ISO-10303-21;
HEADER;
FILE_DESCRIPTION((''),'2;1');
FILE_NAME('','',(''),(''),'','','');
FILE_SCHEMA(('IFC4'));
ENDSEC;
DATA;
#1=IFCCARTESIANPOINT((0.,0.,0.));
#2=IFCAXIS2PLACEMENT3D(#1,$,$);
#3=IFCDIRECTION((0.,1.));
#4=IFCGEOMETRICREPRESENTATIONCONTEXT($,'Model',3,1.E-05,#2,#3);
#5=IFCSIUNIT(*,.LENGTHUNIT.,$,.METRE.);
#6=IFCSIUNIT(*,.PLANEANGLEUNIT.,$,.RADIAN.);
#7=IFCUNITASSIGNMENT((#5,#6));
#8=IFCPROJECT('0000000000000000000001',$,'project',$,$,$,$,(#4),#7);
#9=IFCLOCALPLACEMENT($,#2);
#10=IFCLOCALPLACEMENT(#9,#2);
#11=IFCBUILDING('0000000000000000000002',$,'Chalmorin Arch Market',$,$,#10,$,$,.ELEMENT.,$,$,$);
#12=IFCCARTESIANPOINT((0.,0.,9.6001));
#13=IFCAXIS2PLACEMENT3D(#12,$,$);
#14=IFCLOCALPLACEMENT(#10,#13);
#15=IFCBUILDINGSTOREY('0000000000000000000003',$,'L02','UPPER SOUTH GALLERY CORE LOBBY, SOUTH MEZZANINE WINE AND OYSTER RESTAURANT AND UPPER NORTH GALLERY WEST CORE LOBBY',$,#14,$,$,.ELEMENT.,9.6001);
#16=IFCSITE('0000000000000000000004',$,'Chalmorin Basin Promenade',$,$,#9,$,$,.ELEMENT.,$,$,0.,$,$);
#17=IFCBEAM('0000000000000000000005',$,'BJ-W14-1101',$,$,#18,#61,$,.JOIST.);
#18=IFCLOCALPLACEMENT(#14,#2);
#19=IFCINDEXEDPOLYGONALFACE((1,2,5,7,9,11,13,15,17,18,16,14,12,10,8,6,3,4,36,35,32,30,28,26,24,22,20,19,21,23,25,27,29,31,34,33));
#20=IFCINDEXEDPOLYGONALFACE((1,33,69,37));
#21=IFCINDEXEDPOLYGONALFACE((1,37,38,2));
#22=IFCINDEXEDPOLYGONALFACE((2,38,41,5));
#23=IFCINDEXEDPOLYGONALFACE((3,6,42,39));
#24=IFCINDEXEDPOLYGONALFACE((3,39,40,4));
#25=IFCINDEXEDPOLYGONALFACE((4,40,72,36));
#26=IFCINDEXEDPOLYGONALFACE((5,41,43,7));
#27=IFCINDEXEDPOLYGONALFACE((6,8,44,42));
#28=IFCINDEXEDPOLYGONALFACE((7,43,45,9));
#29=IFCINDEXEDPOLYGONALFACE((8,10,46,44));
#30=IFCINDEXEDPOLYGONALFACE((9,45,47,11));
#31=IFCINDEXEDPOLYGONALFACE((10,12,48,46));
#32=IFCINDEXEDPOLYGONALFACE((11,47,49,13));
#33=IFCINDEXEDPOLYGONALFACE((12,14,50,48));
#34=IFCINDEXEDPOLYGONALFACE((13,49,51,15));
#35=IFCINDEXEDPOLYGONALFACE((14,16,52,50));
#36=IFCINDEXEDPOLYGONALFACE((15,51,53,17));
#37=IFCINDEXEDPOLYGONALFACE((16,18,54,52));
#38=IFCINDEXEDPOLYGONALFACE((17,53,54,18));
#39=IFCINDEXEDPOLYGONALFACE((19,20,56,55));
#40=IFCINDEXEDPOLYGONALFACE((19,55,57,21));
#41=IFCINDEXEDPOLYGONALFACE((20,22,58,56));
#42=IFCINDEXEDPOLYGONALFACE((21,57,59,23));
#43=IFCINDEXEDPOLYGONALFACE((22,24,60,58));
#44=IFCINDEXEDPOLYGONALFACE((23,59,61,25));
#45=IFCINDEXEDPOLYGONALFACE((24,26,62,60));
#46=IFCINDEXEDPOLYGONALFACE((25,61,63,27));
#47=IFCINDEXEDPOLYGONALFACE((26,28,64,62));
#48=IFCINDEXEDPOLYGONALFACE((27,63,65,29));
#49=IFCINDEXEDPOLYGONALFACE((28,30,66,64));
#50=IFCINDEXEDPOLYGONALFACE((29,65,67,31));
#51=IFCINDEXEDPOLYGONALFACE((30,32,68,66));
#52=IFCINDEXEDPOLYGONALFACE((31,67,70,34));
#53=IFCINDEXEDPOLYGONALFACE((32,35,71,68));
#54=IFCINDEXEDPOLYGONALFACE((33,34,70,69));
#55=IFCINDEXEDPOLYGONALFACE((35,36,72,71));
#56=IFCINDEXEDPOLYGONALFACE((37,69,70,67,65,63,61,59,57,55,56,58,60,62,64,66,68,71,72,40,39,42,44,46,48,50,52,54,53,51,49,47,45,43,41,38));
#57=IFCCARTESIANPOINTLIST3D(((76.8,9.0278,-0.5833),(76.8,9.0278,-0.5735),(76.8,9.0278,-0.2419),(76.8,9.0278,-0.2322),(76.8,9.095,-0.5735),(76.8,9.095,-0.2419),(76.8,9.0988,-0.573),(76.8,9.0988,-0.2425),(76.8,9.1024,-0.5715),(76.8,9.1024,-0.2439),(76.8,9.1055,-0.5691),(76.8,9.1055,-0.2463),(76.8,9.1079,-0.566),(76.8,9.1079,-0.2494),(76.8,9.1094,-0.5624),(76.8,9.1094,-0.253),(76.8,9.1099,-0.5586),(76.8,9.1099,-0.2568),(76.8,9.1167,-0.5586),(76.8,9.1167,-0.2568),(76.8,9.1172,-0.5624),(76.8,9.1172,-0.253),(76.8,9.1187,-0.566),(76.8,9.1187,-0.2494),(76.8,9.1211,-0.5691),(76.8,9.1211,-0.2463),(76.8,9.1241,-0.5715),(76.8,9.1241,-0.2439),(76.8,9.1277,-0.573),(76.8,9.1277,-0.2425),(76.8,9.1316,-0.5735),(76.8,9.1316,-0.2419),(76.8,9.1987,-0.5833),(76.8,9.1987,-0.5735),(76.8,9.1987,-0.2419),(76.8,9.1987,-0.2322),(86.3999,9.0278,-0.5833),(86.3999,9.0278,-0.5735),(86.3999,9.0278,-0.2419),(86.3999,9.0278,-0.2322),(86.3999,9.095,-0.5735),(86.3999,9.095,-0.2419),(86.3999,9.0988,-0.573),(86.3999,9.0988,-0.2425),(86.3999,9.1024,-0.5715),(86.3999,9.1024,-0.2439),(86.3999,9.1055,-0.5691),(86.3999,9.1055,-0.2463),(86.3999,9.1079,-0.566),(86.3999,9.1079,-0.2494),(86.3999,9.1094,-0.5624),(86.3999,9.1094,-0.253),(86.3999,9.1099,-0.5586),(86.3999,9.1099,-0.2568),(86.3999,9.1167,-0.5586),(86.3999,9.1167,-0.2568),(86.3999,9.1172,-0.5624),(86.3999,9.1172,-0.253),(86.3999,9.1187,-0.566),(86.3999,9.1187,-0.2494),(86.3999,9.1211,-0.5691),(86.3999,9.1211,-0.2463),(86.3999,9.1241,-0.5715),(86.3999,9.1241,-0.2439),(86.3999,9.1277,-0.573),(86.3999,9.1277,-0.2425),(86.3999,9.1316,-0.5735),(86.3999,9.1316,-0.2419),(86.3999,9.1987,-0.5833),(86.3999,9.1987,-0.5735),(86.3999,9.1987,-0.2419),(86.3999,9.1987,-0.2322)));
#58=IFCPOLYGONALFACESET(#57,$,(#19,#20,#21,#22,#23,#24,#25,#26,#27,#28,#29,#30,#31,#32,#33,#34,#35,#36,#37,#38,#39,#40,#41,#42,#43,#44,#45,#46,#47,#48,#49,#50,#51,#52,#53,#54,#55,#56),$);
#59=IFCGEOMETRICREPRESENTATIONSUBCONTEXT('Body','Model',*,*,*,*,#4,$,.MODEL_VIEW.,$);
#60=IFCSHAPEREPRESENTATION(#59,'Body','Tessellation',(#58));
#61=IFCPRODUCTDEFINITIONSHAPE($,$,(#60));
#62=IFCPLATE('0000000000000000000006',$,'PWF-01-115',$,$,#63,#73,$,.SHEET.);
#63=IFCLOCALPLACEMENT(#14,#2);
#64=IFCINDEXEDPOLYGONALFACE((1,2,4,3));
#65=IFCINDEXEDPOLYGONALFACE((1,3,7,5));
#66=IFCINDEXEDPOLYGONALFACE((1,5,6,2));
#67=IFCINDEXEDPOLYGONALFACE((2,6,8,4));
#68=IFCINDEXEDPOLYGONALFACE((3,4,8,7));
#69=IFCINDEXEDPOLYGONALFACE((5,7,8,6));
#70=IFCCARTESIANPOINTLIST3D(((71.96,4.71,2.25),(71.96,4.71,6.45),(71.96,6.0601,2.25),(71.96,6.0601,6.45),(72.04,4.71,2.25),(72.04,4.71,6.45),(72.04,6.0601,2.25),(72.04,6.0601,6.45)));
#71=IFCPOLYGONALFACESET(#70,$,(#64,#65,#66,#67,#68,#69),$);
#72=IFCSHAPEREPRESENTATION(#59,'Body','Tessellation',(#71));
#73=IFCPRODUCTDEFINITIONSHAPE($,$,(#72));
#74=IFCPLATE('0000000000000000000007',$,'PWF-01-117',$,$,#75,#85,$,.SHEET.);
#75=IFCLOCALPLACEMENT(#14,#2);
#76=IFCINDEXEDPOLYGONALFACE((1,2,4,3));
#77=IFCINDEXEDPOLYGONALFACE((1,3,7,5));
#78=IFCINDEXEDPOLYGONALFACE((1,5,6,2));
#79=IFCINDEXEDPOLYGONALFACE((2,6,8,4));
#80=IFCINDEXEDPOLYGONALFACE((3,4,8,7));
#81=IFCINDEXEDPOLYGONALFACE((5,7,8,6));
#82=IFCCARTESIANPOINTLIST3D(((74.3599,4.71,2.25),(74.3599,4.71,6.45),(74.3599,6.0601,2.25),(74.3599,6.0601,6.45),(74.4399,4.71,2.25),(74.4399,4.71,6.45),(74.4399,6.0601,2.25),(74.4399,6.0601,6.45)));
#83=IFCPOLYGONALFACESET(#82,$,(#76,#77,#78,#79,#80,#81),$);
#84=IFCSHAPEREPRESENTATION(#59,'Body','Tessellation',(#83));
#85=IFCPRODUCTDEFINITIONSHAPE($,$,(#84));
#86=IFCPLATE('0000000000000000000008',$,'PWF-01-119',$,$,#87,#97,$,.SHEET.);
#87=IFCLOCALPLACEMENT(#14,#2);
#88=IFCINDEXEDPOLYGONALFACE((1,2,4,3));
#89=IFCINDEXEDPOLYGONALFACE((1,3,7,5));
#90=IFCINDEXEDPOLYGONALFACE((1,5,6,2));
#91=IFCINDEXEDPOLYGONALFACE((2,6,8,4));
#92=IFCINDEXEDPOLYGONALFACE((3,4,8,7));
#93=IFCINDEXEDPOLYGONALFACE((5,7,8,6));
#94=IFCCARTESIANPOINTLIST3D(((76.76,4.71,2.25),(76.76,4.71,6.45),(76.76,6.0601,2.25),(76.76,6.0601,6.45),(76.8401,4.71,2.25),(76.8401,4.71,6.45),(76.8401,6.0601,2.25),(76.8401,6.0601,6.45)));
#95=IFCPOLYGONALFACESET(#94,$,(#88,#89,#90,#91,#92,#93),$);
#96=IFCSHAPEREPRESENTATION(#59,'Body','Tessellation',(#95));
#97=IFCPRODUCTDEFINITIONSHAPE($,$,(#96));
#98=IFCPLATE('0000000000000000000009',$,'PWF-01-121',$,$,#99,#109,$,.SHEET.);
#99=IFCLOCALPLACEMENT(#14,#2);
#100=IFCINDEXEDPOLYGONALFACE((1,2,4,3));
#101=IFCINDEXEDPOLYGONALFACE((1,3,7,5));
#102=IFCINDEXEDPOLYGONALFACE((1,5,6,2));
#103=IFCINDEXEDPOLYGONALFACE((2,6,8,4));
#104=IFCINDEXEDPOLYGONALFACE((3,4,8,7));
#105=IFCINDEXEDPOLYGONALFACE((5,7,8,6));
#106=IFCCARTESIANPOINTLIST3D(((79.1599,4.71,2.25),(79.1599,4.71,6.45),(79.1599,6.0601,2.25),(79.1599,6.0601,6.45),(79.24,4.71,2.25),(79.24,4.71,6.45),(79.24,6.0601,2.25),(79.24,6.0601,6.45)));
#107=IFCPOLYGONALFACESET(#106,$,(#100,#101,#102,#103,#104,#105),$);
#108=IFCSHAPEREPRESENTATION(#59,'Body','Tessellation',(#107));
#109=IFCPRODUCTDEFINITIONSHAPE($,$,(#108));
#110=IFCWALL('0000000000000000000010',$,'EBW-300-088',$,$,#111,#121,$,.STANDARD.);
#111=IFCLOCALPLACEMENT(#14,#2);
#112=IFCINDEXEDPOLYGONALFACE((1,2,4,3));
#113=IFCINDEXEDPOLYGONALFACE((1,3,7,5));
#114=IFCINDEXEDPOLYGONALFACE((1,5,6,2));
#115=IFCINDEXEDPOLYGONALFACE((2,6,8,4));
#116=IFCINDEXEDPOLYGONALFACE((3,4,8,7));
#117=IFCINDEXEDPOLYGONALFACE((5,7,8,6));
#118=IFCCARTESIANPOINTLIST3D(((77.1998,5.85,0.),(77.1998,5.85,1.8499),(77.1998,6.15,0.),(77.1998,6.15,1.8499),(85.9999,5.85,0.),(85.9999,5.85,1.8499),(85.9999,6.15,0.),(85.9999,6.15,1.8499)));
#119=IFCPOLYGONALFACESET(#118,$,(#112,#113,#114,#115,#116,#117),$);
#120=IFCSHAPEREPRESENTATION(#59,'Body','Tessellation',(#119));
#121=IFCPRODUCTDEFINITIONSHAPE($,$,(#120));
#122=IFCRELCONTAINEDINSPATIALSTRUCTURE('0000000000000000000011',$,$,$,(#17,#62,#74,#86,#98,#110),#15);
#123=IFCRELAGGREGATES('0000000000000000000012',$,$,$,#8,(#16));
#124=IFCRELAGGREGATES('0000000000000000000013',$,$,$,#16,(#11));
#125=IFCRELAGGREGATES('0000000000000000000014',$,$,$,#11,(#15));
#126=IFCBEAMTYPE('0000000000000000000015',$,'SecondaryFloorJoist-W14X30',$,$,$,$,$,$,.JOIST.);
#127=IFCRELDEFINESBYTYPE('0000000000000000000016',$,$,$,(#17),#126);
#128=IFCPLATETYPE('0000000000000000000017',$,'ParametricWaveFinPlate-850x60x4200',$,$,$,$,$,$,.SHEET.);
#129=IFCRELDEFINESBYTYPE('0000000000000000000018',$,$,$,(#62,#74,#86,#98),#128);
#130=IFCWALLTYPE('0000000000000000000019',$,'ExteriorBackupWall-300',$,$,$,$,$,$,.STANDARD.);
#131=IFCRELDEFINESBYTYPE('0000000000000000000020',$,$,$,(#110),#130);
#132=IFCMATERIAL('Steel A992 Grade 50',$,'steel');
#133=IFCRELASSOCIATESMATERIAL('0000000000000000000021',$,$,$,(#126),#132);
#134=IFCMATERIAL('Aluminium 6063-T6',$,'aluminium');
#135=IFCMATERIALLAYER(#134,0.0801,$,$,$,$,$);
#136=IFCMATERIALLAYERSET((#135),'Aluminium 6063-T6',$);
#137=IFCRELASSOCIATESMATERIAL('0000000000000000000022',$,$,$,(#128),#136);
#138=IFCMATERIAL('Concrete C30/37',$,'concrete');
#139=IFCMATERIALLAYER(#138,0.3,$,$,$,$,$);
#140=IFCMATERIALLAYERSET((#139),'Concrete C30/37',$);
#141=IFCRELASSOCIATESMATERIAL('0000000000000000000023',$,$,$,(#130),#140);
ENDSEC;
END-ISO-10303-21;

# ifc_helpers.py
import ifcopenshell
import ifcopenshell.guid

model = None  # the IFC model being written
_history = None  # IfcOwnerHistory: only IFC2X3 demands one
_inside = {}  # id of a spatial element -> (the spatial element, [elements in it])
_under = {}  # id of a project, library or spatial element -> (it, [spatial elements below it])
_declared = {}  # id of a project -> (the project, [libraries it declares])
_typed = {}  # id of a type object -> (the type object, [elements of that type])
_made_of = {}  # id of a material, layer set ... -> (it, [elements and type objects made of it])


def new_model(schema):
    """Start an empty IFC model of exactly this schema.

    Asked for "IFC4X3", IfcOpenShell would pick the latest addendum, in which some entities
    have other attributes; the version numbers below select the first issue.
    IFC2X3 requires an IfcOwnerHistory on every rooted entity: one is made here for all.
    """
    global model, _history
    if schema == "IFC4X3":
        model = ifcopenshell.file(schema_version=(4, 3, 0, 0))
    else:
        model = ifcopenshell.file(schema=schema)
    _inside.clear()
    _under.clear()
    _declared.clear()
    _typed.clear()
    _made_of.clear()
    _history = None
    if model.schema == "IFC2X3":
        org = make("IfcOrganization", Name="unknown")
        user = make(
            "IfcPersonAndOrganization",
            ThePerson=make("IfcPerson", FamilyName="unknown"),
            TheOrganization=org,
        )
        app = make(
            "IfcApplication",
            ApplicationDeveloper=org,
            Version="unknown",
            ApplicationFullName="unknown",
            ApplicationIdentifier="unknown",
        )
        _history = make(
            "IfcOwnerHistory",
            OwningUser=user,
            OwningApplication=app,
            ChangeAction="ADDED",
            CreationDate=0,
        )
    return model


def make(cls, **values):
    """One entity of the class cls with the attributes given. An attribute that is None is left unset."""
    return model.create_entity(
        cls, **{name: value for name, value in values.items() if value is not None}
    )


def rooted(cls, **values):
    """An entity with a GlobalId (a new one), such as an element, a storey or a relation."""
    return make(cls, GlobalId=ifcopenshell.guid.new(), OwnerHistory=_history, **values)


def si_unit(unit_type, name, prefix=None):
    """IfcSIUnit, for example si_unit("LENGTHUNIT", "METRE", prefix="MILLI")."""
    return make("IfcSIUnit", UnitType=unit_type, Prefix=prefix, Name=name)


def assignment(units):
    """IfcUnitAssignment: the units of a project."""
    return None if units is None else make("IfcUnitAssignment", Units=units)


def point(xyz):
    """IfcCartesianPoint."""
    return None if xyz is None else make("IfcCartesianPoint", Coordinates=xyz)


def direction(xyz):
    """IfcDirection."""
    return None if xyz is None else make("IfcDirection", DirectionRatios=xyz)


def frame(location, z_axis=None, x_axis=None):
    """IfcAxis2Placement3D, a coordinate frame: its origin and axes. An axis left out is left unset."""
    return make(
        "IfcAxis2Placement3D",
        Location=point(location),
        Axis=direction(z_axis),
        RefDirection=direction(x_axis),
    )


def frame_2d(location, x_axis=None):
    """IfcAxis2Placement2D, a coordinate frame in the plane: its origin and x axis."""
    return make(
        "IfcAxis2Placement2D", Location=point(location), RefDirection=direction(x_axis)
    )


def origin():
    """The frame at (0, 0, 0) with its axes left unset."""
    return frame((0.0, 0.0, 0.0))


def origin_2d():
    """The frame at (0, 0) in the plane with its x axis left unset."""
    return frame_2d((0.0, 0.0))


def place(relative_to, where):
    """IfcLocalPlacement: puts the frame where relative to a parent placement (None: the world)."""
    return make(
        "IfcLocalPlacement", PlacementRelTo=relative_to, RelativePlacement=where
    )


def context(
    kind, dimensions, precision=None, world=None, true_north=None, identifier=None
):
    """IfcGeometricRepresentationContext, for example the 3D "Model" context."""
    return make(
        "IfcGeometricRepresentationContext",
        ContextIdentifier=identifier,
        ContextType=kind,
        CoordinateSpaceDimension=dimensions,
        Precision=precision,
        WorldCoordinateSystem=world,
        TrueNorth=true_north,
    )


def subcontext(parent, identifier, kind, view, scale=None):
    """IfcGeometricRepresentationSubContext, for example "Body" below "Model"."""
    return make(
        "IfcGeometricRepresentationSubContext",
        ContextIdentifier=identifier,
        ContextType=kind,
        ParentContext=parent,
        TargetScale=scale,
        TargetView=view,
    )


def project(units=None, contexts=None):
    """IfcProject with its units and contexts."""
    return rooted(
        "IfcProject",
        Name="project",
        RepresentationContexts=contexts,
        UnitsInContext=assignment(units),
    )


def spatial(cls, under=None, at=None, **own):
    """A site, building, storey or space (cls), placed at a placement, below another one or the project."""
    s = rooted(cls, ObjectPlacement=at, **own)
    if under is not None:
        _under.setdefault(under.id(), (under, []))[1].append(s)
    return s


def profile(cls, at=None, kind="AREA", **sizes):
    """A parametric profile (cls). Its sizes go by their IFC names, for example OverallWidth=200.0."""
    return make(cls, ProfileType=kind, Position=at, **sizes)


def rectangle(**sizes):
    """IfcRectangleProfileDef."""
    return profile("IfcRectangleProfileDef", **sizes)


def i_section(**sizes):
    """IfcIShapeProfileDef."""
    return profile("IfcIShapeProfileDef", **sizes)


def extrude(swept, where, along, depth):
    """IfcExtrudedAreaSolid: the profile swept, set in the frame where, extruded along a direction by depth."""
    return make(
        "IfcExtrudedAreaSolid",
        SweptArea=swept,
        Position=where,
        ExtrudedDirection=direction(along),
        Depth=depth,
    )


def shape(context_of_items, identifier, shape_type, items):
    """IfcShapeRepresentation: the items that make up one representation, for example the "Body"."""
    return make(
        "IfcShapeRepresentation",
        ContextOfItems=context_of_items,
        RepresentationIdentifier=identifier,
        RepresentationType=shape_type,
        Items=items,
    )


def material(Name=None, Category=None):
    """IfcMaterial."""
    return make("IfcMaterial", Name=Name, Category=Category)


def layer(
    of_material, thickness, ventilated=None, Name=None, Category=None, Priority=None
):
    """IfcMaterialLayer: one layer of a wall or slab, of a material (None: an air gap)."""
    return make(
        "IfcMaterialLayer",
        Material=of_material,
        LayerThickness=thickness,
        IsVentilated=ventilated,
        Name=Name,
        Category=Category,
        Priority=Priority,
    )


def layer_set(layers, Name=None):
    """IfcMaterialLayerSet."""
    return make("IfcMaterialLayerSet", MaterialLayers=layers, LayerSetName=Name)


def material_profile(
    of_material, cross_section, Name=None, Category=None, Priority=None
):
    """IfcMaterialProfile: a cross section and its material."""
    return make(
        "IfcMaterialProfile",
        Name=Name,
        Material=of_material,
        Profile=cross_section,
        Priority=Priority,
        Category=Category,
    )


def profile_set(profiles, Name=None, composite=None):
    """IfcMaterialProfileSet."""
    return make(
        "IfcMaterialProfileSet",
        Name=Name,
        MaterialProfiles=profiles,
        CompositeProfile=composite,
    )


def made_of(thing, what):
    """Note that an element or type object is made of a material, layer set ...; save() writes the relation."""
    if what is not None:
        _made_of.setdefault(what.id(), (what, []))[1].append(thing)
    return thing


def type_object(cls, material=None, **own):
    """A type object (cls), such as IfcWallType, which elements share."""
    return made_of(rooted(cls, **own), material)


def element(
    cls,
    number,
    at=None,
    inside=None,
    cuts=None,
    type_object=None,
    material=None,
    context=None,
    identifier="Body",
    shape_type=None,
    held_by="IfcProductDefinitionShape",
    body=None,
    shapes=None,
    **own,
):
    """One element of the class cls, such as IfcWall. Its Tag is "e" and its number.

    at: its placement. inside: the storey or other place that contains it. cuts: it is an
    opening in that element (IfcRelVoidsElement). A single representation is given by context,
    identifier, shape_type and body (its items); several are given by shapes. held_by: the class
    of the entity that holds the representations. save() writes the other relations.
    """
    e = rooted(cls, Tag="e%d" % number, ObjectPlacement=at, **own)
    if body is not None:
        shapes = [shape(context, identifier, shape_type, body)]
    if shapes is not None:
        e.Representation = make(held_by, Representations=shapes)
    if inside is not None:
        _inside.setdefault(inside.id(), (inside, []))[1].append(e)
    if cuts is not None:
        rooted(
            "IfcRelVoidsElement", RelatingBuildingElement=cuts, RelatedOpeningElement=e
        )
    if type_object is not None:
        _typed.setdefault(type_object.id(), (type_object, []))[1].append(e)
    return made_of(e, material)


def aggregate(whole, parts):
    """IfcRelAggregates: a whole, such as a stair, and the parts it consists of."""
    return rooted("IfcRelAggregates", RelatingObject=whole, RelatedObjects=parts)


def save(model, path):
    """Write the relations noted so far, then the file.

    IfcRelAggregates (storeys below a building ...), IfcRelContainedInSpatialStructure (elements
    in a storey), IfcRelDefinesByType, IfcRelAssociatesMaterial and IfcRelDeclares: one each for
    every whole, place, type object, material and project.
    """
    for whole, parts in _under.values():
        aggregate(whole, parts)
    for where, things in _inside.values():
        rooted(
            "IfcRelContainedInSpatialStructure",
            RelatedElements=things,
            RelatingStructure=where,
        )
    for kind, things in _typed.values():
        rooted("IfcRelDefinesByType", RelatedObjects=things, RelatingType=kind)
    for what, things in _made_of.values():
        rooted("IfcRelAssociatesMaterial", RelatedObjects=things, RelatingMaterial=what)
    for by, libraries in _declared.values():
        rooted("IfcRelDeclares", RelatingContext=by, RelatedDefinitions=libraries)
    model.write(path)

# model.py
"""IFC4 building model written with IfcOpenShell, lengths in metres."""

from ifc_helpers import new_model, si_unit, direction, frame, frame_2d, origin, origin_2d, place, context, subcontext, project, spatial, rectangle, i_section, extrude, material, layer, layer_set, material_profile, profile_set, type_object, element, save


model = new_model("IFC4")

# Units and contexts
model_context = context("Model", 3, precision=1e-05, world=origin(), true_north=direction((0.0, 1.0)))
body_context = subcontext(model_context, "Body", "Model", "MODEL_VIEW")
ifc_project = project(units=[si_unit("LENGTHUNIT", "METRE"), si_unit("PLANEANGLEUNIT", "RADIAN")], contexts=[model_context])

# Site, building, storey
site_placement = place(None, origin())
site = spatial("IfcSite", under=ifc_project, at=site_placement, Name="Chalmorin Basin Promenade", CompositionType="ELEMENT", RefElevation=0.0)
building_placement = place(site_placement, origin())
building = spatial("IfcBuilding", under=site, at=building_placement, Name="Chalmorin Arch Market", CompositionType="ELEMENT")
storey_placement = place(building_placement, frame((0.0, 0.0, 9.6001)))
storey = spatial("IfcBuildingStorey", under=building, at=storey_placement, Name="L02", Description="UPPER SOUTH GALLERY CORE LOBBY, SOUTH MEZZANINE WINE AND OYSTER RESTAURANT AND UPPER NORTH GALLERY WEST CORE LOBBY", CompositionType="ELEMENT", Elevation=9.6001)

# Beam
ifc_material_1 = material(Name="Steel A992 Grade 50", Category="steel")
ifc_material_profile_1 = material_profile(ifc_material_1, i_section(OverallWidth=0.1709, OverallDepth=0.3511, WebThickness=0.0068, FlangeThickness=0.0098, FilletRadius=0.0149, at=origin_2d()), Name="W14X30")
ifc_profile_set_1 = profile_set([ifc_material_profile_1], Name="Steel A992 Grade 50")
beam_type_1 = type_object("IfcBeamType", Name="SecondaryFloorJoist-W14X30", PredefinedType="JOIST", material=ifc_profile_set_1)
beam_1_placement = place(storey_placement, frame((76.8, 9.1133, -0.4077), z_axis=(1.0, 0.0, 0.0), x_axis=(0.0, 1.0, 0.0)))
element("IfcBeam", 1, at=beam_1_placement, inside=storey, type_object=beam_type_1, Name="BJ-W14-1101", PredefinedType="JOIST", context=body_context, shape_type="SweptSolid", body=[
    extrude(i_section(OverallWidth=0.1709, OverallDepth=0.3511, WebThickness=0.0068, FlangeThickness=0.0098, FilletRadius=0.0149, at=origin_2d()), origin(), (0.0, 0.0, 1.0), 9.5999),
])

# Plates
ifc_material_2 = material(Name="Aluminium 6063-T6", Category="aluminium")
ifc_layer_1 = layer(ifc_material_2, 0.0801)
ifc_layer_set_1 = layer_set([ifc_layer_1], Name="Aluminium 6063-T6")
plate_type = type_object("IfcPlateType", Name="ParametricWaveFinPlate-850x60x4200", PredefinedType="SHEET", material=ifc_layer_set_1)
for number, where, z_axis, x_axis, name in (
    (2, (72.0, 5.385, 2.25), (0.0, 0.0, 1.0), (0.0, 1.0, 0.0), "PWF-01-115"),
    (3, (74.3999, 5.385, 2.25), (0.0, 0.0, 1.0), (0.0, 1.0, 0.0), "PWF-01-117"),
    (4, (76.8, 5.385, 2.25), (0.0, 0.0, 1.0), (0.0, 1.0, 0.0), "PWF-01-119"),
    (5, (79.2, 5.385, 2.25), (0.0, 0.0, 1.0), (0.0, 1.0, 0.0), "PWF-01-121"),
):
    element("IfcPlate", number, at=place(storey_placement, frame(where, z_axis=z_axis, x_axis=x_axis)), inside=storey, type_object=plate_type, Name=name, PredefinedType="SHEET", context=body_context, shape_type="SweptSolid", body=[
        extrude(rectangle(XDim=1.3501, YDim=0.0801, at=origin_2d()), origin(), (0.0, 0.0, 1.0), 4.2),
    ])

# Wall
ifc_material_3 = material(Name="Concrete C30/37", Category="concrete")
ifc_layer_2 = layer(ifc_material_3, 0.3)
ifc_layer_set_2 = layer_set([ifc_layer_2], Name="Concrete C30/37")
wall_type = type_object("IfcWallType", Name="ExteriorBackupWall-300", PredefinedType="STANDARD", material=ifc_layer_set_2)
wall_1_placement = place(storey_placement, frame((77.2, 6.0, 0.0), z_axis=(0.0, 0.0, 1.0), x_axis=(1.0, 0.0, 0.0)))
element("IfcWall", 6, at=wall_1_placement, inside=storey, type_object=wall_type, Name="EBW-300-088", PredefinedType="STANDARD", context=body_context, shape_type="SweptSolid", body=[
    extrude(rectangle(XDim=8.8, YDim=0.3, at=frame_2d((4.3999, 0.0))), origin(), (0.0, 0.0, 1.0), 1.8499),
])

save(model, "model.ifc")
